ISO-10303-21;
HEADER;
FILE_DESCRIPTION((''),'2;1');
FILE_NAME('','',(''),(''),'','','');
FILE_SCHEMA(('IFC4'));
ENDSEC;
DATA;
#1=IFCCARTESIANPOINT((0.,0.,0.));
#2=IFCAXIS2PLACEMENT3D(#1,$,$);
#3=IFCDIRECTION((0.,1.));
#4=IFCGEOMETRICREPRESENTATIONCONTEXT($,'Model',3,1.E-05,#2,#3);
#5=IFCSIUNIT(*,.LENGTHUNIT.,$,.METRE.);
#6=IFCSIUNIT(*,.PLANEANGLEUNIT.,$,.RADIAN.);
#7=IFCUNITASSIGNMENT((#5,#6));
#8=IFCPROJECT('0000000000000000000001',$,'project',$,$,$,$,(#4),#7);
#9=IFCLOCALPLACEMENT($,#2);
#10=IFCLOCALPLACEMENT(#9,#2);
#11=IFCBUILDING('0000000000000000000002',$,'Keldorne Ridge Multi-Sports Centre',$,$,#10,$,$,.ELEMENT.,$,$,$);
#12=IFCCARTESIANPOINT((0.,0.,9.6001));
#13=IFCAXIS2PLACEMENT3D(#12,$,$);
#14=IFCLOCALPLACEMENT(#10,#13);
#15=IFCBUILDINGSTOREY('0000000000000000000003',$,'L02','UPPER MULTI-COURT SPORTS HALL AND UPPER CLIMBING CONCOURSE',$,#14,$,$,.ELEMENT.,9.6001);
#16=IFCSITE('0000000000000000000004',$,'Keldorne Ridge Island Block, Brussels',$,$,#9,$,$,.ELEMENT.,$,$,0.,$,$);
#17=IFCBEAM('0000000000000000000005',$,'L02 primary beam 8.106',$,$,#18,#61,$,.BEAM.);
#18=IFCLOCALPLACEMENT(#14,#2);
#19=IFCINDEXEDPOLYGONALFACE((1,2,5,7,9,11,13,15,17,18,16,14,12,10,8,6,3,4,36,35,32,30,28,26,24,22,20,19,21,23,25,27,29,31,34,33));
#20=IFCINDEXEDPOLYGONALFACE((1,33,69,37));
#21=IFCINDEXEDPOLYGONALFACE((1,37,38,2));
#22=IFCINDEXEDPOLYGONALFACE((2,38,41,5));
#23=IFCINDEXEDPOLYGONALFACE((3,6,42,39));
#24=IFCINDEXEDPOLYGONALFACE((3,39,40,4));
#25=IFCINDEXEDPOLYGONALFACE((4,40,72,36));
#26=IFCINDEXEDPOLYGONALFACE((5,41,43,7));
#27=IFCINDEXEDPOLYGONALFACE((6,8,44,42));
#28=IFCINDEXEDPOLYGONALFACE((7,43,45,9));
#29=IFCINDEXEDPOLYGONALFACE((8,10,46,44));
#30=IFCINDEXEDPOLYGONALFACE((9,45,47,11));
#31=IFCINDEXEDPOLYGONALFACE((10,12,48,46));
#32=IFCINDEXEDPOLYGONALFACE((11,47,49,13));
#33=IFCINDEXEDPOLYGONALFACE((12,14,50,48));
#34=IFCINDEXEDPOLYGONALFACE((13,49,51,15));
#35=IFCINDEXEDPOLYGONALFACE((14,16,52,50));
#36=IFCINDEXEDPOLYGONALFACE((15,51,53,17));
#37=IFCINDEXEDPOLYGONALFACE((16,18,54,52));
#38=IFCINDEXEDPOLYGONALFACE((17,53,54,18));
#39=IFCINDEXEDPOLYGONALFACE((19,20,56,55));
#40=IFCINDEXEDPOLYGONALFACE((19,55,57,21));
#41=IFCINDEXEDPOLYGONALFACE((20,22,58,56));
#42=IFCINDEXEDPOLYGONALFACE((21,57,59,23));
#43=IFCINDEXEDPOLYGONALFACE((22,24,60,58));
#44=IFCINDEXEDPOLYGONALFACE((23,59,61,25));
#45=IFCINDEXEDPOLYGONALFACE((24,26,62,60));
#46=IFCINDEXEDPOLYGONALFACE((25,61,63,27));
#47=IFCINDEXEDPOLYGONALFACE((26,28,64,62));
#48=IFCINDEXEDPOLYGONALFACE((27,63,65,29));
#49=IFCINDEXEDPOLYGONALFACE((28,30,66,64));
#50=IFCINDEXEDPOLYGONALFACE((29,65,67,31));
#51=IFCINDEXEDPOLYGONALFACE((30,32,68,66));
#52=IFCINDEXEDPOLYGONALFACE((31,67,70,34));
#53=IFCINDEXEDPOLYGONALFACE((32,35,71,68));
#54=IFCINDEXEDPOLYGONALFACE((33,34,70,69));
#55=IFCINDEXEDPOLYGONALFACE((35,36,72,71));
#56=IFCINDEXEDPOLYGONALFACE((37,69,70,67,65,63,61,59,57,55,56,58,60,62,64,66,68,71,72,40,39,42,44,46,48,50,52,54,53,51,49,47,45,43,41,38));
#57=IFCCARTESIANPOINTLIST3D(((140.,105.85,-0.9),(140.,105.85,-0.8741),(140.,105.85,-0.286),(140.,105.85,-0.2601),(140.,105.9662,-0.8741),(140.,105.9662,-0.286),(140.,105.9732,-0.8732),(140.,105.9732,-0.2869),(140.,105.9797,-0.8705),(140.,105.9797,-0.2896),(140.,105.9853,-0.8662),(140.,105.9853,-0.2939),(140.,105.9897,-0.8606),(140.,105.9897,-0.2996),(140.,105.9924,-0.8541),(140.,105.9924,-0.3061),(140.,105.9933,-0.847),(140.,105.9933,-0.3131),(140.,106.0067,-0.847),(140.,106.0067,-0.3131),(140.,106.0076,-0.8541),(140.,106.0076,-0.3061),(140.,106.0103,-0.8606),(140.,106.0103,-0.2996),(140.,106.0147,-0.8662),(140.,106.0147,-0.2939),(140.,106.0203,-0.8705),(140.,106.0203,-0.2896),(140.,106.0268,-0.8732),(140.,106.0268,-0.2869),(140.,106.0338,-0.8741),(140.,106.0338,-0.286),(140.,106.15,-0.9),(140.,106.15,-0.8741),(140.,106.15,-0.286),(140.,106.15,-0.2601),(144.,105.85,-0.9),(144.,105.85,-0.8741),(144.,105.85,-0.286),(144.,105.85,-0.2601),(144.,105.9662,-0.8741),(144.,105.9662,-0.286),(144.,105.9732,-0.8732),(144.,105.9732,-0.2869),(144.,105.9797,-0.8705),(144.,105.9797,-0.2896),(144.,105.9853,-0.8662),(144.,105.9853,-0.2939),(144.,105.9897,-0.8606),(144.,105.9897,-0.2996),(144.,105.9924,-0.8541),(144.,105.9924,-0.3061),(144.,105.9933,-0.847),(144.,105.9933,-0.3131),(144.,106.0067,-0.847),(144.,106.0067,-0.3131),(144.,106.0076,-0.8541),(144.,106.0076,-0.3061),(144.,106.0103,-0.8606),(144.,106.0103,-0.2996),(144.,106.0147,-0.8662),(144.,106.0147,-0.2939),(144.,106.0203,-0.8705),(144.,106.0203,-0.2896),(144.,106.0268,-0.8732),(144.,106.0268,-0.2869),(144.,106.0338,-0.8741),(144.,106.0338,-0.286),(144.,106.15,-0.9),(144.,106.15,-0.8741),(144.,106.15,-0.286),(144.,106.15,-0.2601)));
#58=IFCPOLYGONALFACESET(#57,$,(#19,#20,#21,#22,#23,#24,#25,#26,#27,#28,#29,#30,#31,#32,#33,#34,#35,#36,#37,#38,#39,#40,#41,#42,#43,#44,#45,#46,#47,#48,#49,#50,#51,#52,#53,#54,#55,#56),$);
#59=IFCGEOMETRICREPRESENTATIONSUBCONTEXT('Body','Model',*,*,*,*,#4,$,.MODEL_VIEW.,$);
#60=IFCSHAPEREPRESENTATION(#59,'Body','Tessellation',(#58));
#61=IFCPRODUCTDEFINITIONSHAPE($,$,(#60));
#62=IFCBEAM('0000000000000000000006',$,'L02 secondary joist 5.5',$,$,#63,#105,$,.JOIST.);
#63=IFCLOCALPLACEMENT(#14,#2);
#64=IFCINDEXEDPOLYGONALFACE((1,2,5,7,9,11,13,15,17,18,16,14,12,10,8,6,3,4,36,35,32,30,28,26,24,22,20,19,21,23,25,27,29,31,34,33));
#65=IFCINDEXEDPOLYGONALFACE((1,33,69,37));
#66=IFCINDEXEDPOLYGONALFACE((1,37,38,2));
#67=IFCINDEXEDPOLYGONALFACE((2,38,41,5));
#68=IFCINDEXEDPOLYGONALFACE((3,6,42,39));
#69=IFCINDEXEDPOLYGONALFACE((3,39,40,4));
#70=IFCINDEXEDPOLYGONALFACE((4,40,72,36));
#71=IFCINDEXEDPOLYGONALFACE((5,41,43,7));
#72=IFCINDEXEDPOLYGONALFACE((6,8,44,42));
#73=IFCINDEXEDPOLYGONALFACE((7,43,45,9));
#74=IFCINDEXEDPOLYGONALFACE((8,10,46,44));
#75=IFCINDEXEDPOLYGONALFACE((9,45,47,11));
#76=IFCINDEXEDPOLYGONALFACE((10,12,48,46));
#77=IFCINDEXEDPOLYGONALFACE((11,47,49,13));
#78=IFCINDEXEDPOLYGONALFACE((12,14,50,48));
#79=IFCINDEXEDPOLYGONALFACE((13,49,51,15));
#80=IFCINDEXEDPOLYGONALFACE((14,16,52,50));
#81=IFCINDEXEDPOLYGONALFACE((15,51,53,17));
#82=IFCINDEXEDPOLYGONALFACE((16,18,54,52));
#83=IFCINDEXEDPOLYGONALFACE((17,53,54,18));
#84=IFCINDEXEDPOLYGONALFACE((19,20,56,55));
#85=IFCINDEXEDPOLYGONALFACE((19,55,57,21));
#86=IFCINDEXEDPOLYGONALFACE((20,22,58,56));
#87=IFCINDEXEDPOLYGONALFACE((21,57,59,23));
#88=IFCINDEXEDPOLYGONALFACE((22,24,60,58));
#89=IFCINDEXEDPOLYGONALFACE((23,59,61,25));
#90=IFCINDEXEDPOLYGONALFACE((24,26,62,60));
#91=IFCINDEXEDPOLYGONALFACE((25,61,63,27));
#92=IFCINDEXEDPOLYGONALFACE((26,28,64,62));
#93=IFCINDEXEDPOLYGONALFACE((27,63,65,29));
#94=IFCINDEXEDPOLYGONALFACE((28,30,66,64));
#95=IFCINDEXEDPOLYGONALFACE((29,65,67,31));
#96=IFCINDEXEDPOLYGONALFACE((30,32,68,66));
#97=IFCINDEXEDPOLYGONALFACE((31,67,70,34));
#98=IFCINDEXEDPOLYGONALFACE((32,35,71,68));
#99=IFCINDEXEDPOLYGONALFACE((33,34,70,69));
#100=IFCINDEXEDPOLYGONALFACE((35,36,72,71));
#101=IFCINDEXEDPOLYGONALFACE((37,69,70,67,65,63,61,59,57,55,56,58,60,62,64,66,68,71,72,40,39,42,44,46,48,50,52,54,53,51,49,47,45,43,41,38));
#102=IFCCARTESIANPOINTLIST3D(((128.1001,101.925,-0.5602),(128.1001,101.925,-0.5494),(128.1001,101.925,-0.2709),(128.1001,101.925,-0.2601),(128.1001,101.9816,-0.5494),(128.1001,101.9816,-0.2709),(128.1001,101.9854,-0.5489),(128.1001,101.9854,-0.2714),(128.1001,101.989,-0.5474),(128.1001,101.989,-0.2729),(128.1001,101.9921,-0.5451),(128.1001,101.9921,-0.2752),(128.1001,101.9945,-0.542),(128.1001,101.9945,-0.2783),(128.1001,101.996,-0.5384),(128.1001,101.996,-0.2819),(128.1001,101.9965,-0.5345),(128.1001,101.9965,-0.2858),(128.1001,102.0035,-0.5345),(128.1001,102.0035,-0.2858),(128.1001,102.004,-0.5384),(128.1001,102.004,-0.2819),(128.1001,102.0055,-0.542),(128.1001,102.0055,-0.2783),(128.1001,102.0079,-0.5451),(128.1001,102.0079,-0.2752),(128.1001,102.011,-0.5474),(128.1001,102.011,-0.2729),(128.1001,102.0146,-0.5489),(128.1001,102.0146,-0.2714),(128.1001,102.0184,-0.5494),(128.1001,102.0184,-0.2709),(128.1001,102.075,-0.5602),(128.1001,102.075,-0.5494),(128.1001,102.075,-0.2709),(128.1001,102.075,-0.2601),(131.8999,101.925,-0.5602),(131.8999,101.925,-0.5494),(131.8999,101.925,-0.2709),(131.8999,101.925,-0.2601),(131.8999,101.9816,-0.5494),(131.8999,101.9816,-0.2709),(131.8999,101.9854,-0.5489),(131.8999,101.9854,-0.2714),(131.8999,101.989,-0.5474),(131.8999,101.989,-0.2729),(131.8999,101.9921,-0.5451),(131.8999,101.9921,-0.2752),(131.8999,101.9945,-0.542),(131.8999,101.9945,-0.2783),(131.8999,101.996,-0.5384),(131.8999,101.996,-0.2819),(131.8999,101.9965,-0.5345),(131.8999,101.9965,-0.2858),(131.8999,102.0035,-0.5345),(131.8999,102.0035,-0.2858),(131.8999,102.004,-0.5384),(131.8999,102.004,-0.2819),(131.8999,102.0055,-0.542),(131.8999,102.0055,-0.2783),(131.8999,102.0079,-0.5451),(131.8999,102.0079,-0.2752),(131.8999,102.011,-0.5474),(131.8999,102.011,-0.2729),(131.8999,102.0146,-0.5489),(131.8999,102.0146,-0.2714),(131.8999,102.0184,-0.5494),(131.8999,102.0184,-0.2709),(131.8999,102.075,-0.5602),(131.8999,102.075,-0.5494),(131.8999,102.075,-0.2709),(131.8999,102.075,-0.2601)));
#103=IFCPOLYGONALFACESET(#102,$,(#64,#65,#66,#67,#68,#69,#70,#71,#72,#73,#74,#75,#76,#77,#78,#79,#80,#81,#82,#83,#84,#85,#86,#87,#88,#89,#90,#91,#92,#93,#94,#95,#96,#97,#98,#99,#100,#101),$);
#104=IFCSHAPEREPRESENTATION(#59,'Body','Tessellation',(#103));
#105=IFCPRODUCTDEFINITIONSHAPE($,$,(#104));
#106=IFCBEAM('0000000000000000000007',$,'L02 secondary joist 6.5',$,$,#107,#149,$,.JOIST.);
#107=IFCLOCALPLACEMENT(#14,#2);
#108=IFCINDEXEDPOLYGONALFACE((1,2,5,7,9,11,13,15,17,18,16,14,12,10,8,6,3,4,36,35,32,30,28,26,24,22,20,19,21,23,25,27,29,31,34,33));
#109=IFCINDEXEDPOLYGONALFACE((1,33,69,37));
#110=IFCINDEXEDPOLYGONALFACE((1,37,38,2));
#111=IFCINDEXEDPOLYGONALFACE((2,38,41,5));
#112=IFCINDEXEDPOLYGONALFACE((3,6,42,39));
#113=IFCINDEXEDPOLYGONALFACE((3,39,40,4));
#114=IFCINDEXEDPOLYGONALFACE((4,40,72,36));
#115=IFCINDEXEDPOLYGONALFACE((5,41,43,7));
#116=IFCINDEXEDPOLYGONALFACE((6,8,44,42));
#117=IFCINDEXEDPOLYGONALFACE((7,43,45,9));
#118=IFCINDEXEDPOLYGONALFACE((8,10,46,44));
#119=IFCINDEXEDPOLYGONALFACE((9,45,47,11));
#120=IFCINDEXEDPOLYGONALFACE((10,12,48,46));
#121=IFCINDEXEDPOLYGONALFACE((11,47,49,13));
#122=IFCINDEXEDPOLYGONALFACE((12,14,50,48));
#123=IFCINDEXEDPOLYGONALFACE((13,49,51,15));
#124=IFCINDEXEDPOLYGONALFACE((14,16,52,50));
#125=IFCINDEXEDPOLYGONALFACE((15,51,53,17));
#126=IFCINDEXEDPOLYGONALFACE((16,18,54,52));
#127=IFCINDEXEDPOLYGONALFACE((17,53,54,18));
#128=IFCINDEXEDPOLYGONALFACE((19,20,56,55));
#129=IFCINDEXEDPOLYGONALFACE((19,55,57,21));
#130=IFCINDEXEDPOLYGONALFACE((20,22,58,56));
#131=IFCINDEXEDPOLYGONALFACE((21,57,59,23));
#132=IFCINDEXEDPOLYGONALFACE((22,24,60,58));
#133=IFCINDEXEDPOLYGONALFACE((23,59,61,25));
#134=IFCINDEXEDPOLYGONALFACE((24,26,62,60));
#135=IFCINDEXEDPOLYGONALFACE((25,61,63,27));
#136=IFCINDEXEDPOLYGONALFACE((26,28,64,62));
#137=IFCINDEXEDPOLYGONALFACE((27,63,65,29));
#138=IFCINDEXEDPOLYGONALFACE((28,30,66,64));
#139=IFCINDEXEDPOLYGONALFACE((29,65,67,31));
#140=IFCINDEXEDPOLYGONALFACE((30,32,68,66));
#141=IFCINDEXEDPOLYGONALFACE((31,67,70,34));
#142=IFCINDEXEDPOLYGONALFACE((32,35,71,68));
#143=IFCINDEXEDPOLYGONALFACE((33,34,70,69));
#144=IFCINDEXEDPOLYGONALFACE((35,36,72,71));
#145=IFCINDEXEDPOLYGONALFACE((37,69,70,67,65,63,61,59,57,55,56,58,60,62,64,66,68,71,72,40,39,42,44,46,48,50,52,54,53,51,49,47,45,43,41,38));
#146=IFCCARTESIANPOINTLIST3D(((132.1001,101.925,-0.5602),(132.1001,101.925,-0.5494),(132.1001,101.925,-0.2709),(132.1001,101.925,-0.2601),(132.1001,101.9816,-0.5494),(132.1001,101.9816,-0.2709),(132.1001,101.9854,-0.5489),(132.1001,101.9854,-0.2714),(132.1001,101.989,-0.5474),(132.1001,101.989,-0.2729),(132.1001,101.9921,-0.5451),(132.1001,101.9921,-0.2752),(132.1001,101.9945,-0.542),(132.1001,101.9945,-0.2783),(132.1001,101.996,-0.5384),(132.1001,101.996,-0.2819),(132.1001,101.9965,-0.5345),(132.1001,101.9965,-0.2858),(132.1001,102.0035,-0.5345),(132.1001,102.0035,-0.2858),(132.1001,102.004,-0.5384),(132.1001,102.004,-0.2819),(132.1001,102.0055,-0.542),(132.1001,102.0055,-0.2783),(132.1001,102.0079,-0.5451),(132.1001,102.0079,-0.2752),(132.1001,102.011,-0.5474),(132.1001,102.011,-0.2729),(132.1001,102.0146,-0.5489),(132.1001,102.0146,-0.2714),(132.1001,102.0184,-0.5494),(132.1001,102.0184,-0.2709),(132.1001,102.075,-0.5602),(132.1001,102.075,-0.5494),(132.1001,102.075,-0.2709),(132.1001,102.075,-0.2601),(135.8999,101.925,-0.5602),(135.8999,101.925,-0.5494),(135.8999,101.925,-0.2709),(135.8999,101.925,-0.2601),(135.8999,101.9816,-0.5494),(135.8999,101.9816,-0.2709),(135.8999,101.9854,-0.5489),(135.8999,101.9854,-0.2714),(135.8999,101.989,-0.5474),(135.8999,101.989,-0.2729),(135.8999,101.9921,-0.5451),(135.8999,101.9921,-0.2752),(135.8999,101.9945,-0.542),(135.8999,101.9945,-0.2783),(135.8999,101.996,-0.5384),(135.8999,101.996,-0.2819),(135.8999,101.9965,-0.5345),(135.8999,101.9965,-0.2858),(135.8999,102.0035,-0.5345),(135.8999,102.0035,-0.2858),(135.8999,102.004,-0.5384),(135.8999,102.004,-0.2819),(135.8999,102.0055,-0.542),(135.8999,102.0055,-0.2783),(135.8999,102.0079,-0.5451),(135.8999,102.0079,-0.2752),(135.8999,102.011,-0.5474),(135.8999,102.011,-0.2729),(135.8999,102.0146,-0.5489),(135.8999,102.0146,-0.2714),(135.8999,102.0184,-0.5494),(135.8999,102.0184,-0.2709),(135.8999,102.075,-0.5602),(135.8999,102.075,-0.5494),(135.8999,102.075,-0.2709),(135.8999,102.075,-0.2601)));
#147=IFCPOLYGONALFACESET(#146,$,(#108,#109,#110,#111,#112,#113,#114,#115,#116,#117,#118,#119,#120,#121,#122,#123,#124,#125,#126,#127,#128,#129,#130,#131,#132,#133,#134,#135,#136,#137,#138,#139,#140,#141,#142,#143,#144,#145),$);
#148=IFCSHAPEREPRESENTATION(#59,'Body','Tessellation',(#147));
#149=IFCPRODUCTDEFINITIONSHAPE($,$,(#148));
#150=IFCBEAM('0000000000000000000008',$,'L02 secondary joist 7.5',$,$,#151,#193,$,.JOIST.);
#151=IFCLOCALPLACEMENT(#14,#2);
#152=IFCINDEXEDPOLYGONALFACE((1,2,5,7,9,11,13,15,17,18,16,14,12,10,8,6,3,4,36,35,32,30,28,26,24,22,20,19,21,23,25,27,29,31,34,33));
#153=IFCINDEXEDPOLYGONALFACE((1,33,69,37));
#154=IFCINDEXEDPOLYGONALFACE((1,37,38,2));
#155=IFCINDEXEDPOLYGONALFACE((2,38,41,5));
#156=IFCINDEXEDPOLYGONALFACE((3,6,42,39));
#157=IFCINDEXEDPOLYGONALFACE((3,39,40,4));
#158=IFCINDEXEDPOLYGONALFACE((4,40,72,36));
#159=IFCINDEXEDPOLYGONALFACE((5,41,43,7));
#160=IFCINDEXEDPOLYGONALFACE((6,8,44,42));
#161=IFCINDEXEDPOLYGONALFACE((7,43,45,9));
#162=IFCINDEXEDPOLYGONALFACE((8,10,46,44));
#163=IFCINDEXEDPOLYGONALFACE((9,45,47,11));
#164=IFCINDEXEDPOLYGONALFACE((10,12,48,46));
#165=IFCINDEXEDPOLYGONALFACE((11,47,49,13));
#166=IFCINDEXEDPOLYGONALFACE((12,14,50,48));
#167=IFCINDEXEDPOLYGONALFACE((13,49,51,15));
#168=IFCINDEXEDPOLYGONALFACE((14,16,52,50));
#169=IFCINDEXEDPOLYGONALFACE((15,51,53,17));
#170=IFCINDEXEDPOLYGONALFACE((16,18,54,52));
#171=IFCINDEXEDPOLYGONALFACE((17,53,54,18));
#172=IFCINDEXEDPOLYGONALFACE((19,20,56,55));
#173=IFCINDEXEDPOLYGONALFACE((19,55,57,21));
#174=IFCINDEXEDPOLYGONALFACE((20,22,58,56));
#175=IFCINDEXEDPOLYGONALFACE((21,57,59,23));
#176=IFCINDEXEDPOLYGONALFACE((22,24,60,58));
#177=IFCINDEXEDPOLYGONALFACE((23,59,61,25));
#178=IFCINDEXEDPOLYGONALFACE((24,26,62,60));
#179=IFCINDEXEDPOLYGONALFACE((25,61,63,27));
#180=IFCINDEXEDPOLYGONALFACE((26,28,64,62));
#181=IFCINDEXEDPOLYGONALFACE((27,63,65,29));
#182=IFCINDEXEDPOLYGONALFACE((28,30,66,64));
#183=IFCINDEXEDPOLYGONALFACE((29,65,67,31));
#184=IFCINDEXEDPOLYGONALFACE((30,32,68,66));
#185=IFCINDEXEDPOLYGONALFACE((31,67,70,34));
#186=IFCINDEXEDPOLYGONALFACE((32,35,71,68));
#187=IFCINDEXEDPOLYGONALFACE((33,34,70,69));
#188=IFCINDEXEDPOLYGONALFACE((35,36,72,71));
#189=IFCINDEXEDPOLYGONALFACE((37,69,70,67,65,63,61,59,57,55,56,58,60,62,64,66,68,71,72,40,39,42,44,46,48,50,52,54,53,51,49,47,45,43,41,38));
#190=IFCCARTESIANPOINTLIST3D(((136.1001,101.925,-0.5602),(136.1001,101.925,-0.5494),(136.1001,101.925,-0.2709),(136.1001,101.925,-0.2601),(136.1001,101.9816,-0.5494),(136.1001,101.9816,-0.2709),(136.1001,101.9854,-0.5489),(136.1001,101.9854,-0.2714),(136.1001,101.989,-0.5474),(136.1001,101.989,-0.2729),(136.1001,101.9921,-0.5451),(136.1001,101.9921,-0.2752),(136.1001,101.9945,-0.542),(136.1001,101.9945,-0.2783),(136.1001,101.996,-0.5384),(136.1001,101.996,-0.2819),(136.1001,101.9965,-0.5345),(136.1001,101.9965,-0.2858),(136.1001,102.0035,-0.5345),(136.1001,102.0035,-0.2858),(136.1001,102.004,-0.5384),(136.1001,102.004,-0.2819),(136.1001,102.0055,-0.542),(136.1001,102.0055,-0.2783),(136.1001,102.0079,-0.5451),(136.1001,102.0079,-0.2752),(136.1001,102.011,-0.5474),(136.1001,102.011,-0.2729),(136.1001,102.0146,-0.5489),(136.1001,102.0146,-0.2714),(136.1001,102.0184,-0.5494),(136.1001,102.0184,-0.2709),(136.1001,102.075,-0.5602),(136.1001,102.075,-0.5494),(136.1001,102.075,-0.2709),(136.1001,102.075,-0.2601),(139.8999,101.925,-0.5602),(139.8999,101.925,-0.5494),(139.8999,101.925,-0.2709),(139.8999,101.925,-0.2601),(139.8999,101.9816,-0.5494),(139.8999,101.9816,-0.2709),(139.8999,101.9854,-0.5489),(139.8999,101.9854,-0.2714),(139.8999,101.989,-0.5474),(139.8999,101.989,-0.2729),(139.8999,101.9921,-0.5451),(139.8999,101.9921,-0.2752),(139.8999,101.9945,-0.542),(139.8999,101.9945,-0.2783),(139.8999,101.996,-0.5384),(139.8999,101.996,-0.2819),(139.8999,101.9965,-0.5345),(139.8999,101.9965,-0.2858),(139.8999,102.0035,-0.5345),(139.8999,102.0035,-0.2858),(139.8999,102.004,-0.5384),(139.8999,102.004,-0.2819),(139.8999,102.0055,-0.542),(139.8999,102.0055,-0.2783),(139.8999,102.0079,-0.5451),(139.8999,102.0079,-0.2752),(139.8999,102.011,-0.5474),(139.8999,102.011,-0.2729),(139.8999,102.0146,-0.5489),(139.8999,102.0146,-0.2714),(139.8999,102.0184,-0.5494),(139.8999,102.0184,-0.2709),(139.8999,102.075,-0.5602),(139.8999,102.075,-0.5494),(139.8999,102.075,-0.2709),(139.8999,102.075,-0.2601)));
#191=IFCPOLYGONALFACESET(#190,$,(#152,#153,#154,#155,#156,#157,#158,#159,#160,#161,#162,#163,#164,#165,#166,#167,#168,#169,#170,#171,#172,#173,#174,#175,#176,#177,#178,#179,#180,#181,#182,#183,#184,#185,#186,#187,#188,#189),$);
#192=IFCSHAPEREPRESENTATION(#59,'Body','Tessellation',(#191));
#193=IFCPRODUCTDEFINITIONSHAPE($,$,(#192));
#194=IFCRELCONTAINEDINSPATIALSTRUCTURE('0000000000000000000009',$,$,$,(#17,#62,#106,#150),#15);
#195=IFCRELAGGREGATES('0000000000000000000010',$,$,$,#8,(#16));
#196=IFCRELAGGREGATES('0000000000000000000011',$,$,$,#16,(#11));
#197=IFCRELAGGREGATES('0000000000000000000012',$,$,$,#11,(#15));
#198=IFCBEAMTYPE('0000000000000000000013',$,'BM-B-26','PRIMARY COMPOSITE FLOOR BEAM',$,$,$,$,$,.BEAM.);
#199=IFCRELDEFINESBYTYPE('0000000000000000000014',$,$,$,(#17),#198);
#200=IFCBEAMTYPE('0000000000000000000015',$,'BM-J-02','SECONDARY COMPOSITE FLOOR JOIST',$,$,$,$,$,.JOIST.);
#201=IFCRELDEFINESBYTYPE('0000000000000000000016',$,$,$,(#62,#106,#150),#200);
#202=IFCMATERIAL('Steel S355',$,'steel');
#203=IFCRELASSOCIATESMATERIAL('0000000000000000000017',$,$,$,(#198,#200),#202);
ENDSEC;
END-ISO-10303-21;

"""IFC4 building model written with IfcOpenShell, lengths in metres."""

from ifc_helpers import new_model, si_unit, direction, frame, origin, origin_2d, place, context, subcontext, project, spatial, i_section, extrude, material, material_profile, profile_set, type_object, element, save


model = new_model("IFC4")

# Units and contexts
model_context = context("Model", 3, precision=1e-05, world=origin(), true_north=direction((0.0, 1.0)))
body_context = subcontext(model_context, "Body", "Model", "MODEL_VIEW")
ifc_project = project(units=[si_unit("LENGTHUNIT", "METRE"), si_unit("PLANEANGLEUNIT", "RADIAN")], contexts=[model_context])

# Site, building, storey
site_placement = place(None, origin())
site = spatial("IfcSite", under=ifc_project, at=site_placement, Name="Keldorne Ridge Island Block, Brussels", CompositionType="ELEMENT", RefElevation=0.0)
building_placement = place(site_placement, origin())
building = spatial("IfcBuilding", under=site, at=building_placement, Name="Keldorne Ridge Multi-Sports Centre", CompositionType="ELEMENT")
storey_placement = place(building_placement, frame((0.0, 0.0, 9.6001)))
storey = spatial("IfcBuildingStorey", under=building, at=storey_placement, Name="L02", Description="UPPER MULTI-COURT SPORTS HALL AND UPPER CLIMBING CONCOURSE", CompositionType="ELEMENT", Elevation=9.6001)

# Shared definitions
ifc_material_1 = material(Name="Steel S355", Category="steel")

# Beams
ifc_material_profile_1 = material_profile(ifc_material_1, i_section(OverallWidth=0.3, OverallDepth=0.6399, WebThickness=0.0134, FlangeThickness=0.0259, FilletRadius=0.0271, at=origin_2d()), Name="HEA 650")
ifc_profile_set_1 = profile_set([ifc_material_profile_1], Name="Steel S355")
beam_type_1 = type_object("IfcBeamType", Name="BM-B-26", Description="PRIMARY COMPOSITE FLOOR BEAM", PredefinedType="BEAM", material=ifc_profile_set_1)
for number, where, z_axis, x_axis, name in (
    (1, (140.0, 106.0, -0.5801), (1.0, 0.0, 0.0), (0.0, 1.0, 0.0), "L02 primary beam 8.106"),
):
    element("IfcBeam", number, at=place(storey_placement, frame(where, z_axis=z_axis, x_axis=x_axis)), inside=storey, type_object=beam_type_1, Name=name, PredefinedType="BEAM", context=body_context, shape_type="SweptSolid", body=[
        extrude(i_section(OverallWidth=0.3, OverallDepth=0.6399, WebThickness=0.0134, FlangeThickness=0.0259, FilletRadius=0.0271, at=origin_2d()), origin(), (0.0, 0.0, 1.0), 4.0),
    ])
ifc_material_profile_2 = material_profile(ifc_material_1, i_section(OverallWidth=0.1499, OverallDepth=0.3, WebThickness=0.0071, FlangeThickness=0.0107, FilletRadius=0.0149, at=origin_2d()), Name="IPE 300")
ifc_profile_set_2 = profile_set([ifc_material_profile_2], Name="Steel S355")
beam_type_2 = type_object("IfcBeamType", Name="BM-J-02", Description="SECONDARY COMPOSITE FLOOR JOIST", PredefinedType="JOIST", material=ifc_profile_set_2)
for number, where, z_axis, x_axis, name in (
    (2, (128.1001, 102.0, -0.4102), (1.0, 0.0, 0.0), (0.0, 1.0, 0.0), "L02 secondary joist 5.5"),
    (3, (132.1001, 102.0, -0.4102), (1.0, 0.0, 0.0), (0.0, 1.0, 0.0), "L02 secondary joist 6.5"),
    (4, (136.1001, 102.0, -0.4102), (1.0, 0.0, 0.0), (0.0, 1.0, 0.0), "L02 secondary joist 7.5"),
):
    element("IfcBeam", number, at=place(storey_placement, frame(where, z_axis=z_axis, x_axis=x_axis)), inside=storey, type_object=beam_type_2, Name=name, PredefinedType="JOIST", context=body_context, shape_type="SweptSolid", body=[
        extrude(i_section(OverallWidth=0.1499, OverallDepth=0.3, WebThickness=0.0071, FlangeThickness=0.0107, FilletRadius=0.0149, at=origin_2d()), origin(), (0.0, 0.0, 1.0), 3.7998),
    ])

save(model, "model.ifc")
